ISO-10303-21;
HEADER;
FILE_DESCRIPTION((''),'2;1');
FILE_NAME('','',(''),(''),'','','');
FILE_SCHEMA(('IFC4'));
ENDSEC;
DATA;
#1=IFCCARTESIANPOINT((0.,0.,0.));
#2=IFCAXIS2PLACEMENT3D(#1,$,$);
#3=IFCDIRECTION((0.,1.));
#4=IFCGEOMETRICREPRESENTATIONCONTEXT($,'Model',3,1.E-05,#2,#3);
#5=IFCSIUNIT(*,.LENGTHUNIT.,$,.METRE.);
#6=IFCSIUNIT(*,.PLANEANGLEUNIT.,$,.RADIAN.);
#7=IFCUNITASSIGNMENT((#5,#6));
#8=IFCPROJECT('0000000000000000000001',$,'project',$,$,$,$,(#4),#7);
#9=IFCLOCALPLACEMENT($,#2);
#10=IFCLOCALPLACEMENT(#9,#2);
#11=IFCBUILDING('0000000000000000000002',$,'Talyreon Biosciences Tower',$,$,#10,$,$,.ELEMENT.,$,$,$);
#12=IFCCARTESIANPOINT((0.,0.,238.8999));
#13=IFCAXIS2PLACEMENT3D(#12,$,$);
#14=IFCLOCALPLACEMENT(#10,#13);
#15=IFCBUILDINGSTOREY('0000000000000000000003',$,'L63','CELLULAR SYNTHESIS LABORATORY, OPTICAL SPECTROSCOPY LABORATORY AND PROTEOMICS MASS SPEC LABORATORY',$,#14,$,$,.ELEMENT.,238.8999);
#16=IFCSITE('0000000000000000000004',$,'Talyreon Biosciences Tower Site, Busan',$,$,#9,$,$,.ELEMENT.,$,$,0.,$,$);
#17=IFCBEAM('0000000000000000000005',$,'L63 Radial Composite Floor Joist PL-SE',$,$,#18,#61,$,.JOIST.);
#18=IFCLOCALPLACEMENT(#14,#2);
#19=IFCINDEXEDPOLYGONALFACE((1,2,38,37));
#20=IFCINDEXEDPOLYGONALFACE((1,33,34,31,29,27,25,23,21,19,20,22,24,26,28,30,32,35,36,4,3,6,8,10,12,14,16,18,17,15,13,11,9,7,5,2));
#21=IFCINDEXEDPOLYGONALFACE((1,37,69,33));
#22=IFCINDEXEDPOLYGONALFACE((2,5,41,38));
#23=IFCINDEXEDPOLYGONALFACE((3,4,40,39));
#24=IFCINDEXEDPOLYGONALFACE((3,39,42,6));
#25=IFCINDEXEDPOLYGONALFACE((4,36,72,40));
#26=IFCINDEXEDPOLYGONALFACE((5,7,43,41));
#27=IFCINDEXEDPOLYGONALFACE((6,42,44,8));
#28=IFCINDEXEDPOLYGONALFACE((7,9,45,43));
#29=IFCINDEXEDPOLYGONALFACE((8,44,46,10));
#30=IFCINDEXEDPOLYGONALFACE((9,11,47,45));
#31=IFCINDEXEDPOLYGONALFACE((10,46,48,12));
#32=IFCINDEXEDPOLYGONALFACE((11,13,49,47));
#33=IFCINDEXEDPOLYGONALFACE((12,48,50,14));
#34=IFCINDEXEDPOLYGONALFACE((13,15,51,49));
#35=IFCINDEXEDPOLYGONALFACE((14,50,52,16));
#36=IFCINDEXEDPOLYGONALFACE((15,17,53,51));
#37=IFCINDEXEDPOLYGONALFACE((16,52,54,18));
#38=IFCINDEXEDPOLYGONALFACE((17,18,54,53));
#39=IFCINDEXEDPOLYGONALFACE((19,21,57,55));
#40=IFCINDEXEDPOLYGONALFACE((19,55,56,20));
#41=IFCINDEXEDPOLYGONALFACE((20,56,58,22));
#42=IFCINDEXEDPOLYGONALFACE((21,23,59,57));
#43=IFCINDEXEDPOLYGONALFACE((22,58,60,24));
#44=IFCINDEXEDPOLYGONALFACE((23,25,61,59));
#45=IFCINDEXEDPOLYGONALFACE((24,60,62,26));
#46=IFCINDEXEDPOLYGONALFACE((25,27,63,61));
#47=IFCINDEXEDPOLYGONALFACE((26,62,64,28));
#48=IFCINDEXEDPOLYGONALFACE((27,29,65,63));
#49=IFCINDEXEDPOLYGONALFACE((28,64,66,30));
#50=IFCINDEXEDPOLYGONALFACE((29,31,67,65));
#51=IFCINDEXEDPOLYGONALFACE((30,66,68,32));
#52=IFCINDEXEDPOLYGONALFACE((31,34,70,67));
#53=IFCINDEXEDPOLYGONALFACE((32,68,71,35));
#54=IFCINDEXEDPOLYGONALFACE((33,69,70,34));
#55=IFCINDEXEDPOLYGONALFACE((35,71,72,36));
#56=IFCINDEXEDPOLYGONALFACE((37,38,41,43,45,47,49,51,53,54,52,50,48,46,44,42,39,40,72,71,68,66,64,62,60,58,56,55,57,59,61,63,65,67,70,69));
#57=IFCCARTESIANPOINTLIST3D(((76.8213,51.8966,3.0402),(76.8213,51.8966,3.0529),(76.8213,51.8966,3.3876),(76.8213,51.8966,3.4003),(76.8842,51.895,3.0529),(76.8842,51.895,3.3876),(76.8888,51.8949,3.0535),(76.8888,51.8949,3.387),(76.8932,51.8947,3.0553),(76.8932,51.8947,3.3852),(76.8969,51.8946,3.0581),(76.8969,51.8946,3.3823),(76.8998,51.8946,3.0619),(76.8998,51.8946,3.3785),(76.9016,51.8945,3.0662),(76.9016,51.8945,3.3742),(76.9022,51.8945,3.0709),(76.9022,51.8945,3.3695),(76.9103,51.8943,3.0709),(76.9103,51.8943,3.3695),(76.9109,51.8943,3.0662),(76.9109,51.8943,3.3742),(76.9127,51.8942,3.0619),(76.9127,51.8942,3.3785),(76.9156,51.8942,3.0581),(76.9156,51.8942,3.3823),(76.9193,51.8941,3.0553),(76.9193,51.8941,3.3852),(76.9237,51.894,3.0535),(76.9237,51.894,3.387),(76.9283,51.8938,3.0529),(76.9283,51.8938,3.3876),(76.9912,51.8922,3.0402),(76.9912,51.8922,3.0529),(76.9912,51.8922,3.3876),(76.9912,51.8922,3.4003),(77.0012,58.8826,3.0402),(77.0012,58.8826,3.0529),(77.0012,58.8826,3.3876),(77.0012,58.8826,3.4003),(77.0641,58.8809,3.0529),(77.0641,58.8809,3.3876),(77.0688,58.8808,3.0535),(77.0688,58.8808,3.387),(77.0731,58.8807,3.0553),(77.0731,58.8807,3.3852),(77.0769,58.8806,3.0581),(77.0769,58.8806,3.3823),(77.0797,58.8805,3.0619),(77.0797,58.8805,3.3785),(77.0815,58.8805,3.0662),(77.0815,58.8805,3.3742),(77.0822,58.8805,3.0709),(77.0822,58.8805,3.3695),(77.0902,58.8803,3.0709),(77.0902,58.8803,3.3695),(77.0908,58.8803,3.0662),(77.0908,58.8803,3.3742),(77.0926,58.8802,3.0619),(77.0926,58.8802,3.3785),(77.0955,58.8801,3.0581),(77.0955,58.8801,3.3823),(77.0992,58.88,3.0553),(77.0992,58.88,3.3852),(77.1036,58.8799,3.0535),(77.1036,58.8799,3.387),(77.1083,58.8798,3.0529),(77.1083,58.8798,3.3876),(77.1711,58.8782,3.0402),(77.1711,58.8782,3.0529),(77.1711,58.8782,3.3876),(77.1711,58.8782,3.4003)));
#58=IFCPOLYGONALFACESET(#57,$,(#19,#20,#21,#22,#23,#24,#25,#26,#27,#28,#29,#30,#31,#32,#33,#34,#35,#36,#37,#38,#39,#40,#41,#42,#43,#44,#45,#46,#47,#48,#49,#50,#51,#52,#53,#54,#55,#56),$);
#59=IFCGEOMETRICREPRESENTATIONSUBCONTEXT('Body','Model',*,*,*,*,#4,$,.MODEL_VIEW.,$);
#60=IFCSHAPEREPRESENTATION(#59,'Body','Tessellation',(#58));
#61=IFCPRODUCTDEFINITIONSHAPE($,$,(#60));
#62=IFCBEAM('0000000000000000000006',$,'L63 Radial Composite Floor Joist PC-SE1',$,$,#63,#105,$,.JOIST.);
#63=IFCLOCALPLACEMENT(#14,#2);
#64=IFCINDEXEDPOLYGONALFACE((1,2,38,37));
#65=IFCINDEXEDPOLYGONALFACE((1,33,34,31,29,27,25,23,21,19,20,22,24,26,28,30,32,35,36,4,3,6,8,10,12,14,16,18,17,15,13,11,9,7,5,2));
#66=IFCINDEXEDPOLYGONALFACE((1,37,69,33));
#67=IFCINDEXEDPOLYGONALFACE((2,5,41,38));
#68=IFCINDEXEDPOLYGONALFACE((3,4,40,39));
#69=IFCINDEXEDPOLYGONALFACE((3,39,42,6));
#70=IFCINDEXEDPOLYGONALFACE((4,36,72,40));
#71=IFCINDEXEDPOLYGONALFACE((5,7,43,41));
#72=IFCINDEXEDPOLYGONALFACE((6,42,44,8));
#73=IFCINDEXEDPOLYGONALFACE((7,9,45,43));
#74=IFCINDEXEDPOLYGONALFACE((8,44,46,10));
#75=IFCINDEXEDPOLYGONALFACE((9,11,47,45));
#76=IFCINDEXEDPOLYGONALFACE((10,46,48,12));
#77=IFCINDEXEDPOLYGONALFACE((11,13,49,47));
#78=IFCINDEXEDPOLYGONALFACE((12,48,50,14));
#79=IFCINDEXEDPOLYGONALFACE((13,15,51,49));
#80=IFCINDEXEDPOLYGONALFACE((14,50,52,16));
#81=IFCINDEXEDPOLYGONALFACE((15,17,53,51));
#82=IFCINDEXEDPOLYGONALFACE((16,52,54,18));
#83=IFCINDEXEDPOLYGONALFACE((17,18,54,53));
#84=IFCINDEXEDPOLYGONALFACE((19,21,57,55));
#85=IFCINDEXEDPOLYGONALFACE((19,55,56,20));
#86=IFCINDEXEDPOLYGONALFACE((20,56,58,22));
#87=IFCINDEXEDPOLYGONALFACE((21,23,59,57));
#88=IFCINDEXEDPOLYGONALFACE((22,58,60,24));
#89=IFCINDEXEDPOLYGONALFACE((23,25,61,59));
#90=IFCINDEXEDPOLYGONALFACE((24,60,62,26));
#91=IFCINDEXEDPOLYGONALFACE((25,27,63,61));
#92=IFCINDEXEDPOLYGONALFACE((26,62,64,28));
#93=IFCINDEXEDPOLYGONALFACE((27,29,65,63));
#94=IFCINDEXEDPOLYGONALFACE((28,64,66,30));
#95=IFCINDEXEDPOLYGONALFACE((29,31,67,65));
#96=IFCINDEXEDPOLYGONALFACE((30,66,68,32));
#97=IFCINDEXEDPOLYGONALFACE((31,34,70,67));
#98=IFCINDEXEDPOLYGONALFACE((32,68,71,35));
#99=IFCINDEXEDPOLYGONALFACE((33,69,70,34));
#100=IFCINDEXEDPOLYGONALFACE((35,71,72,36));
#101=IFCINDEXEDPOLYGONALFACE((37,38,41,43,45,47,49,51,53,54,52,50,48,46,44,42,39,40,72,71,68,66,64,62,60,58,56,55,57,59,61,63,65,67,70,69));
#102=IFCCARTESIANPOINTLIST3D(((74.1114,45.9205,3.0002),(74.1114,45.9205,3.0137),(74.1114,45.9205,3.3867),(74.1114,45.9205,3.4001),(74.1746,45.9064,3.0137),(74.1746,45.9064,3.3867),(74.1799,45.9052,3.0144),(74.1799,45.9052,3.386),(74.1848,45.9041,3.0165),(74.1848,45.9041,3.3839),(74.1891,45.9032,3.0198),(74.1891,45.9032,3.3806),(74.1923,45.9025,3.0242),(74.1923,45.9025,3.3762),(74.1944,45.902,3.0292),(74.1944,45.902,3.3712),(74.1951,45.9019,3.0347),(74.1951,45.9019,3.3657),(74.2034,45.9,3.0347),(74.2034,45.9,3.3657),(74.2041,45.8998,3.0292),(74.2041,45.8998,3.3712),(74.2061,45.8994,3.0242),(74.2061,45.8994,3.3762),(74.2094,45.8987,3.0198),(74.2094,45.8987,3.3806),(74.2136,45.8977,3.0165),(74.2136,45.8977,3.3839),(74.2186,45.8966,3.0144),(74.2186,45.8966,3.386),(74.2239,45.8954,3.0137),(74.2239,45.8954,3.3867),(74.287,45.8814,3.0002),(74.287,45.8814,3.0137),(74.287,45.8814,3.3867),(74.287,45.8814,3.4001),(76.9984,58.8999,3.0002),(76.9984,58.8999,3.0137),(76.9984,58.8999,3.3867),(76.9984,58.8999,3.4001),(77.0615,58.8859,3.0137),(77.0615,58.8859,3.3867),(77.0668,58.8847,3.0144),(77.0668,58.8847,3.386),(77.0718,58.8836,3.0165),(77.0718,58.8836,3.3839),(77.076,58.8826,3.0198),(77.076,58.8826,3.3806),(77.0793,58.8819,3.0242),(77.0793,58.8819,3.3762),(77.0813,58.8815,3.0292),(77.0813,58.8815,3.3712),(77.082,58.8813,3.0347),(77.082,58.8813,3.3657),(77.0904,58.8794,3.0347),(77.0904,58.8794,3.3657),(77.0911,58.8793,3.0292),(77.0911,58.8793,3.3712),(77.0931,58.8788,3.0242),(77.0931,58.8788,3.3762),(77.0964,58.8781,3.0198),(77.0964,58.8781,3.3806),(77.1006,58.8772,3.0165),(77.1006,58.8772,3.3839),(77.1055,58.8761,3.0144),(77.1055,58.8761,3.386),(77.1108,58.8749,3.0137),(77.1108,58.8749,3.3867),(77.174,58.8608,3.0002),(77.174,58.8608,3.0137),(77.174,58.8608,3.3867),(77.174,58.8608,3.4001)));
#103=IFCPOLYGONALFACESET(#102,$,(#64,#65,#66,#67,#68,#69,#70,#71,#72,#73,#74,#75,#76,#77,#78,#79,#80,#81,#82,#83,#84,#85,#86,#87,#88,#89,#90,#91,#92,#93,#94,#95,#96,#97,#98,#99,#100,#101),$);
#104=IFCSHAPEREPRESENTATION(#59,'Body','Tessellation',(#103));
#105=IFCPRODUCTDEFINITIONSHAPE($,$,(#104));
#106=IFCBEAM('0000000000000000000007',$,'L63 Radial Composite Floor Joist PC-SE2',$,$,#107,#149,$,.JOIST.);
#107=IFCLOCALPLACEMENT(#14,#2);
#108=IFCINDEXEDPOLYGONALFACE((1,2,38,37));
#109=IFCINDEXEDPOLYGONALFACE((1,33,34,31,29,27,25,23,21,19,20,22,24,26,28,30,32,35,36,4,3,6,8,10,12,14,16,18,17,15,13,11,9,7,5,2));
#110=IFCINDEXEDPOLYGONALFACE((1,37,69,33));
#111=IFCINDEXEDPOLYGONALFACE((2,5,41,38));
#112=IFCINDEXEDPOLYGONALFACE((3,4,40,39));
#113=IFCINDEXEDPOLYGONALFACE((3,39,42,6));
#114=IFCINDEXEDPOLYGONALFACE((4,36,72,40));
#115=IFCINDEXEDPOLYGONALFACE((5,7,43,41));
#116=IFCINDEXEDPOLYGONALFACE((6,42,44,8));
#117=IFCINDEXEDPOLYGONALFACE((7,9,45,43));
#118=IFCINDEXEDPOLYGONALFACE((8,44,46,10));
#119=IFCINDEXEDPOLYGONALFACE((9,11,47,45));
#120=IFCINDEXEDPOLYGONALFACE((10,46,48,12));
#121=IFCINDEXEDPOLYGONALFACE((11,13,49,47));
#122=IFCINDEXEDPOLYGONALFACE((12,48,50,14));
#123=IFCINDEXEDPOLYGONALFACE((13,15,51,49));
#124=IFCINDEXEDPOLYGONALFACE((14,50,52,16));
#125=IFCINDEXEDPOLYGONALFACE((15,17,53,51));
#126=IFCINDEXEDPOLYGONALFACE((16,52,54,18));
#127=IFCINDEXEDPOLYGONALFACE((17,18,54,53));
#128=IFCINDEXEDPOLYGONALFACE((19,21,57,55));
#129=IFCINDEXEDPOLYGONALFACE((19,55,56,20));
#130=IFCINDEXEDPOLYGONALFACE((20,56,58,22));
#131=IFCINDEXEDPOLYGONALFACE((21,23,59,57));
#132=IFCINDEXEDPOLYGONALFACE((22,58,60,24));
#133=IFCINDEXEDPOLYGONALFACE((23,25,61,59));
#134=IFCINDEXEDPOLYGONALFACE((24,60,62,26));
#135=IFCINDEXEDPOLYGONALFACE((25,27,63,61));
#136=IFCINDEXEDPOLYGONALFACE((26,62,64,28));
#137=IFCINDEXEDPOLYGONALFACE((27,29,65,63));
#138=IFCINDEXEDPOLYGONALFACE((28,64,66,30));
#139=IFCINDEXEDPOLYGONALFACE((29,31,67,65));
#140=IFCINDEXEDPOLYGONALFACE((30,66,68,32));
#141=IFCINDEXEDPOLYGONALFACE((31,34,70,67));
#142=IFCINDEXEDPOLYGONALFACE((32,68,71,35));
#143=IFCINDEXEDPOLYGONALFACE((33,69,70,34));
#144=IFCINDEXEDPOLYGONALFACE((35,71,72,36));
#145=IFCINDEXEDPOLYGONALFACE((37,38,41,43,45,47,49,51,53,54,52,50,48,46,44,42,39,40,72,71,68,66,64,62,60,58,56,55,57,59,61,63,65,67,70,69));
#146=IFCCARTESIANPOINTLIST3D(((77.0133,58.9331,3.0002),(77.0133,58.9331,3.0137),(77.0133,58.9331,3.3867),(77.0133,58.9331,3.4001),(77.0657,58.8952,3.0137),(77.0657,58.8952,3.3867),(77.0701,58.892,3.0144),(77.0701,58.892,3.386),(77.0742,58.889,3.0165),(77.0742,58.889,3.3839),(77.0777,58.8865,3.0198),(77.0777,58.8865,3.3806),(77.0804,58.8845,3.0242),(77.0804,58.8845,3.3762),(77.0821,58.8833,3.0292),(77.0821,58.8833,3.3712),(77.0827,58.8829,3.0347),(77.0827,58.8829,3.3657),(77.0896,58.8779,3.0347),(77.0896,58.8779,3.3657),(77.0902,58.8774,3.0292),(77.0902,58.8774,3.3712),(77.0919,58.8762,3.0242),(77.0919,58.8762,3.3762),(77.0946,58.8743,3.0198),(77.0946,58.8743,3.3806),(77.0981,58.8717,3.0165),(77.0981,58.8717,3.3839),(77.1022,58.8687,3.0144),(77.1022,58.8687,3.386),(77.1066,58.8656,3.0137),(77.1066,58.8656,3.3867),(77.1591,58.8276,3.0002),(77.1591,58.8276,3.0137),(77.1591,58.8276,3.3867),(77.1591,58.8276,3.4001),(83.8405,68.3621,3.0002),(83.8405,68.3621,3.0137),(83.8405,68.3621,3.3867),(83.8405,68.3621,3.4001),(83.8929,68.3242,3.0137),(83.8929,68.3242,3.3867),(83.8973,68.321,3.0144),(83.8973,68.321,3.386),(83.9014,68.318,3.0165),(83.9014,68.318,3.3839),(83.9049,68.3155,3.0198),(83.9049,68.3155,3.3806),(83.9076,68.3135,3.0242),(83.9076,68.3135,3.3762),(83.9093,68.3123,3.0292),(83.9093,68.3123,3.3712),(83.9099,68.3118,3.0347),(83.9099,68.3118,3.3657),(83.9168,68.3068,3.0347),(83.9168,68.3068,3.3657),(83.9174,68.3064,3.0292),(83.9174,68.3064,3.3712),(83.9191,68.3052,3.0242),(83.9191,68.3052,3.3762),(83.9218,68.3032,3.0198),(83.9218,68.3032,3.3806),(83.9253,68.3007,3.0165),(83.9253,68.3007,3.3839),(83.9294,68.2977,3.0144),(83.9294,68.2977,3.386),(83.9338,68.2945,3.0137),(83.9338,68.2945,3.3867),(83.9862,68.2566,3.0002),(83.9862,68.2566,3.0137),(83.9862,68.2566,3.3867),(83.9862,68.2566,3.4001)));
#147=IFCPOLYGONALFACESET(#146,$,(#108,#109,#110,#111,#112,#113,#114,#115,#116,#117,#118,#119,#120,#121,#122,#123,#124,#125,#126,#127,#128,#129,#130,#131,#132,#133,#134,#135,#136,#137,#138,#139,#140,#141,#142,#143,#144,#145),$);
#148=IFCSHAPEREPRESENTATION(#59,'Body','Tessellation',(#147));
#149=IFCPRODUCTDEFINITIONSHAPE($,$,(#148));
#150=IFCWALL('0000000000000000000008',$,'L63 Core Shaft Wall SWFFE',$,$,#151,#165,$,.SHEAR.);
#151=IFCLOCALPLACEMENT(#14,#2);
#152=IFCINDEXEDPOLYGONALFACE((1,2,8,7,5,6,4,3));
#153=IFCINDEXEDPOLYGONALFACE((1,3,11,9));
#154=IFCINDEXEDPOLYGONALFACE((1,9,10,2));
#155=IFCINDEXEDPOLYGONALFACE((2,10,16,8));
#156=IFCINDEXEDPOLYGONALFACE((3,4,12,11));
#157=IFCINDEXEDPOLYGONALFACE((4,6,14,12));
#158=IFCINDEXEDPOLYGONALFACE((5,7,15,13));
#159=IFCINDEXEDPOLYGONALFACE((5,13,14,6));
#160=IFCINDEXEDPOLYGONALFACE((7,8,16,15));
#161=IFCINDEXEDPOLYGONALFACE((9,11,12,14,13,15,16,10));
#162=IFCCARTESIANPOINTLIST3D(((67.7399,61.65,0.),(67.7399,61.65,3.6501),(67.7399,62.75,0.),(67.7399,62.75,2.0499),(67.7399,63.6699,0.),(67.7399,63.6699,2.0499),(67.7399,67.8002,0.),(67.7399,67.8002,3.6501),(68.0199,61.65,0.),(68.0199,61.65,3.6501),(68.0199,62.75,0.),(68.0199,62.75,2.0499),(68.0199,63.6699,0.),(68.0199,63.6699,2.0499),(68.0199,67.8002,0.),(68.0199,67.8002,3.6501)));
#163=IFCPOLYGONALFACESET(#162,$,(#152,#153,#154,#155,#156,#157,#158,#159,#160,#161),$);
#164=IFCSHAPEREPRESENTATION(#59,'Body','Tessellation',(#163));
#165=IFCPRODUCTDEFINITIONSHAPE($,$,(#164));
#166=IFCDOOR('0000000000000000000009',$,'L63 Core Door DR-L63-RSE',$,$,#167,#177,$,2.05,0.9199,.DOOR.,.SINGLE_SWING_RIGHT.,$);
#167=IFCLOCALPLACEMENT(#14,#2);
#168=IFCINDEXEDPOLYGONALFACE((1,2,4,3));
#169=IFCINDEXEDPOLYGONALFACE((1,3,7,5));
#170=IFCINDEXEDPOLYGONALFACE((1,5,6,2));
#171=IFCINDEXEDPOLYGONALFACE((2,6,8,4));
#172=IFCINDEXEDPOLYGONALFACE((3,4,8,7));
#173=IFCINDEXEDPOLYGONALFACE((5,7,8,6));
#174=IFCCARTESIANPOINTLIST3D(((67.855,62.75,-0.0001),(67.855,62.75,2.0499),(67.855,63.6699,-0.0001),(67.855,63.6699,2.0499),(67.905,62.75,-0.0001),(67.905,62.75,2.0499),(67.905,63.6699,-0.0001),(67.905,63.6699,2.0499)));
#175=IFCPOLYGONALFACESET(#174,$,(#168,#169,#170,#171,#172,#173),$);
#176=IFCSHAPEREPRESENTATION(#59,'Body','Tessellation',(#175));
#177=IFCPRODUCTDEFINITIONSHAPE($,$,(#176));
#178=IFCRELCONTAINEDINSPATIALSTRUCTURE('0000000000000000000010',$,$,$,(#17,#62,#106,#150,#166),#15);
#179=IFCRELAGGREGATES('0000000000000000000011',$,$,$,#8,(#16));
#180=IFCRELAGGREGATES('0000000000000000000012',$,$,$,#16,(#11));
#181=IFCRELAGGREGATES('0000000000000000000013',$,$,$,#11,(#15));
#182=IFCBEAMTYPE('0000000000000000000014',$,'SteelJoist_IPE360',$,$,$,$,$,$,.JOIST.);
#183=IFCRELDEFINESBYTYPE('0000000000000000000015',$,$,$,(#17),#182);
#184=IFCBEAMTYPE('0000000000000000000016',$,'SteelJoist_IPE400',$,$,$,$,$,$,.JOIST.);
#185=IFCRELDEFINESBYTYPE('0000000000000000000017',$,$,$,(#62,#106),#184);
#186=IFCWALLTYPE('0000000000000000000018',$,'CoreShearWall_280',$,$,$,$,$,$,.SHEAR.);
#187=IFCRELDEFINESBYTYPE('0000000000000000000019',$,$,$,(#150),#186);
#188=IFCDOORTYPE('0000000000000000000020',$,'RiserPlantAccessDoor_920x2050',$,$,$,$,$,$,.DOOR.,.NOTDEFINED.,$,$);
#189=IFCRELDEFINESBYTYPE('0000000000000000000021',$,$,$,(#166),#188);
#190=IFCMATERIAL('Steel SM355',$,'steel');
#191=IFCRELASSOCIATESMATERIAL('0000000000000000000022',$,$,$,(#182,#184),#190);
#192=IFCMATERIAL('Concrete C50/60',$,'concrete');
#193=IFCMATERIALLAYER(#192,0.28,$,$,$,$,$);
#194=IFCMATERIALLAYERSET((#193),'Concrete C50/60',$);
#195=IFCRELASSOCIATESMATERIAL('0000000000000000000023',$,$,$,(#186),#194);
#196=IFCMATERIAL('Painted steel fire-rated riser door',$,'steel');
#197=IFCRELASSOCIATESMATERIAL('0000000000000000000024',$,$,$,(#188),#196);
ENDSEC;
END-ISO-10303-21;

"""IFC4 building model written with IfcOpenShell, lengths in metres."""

from ifc_helpers import new_model, si_unit, direction, frame, frame_2d, origin, origin_2d, place, context, subcontext, project, spatial, rectangle, i_section, extrude, material, layer, layer_set, material_profile, profile_set, type_object, element, fill, save


model = new_model("IFC4")

# Units and contexts
model_context = context("Model", 3, precision=1e-05, world=origin(), true_north=direction((0.0, 1.0)))
body_context = subcontext(model_context, "Body", "Model", "MODEL_VIEW")
ifc_project = project(units=[si_unit("LENGTHUNIT", "METRE"), si_unit("PLANEANGLEUNIT", "RADIAN")], contexts=[model_context])

# Site, building, storey
site_placement = place(None, origin())
site = spatial("IfcSite", under=ifc_project, at=site_placement, Name="Talyreon Biosciences Tower Site, Busan", CompositionType="ELEMENT", RefElevation=0.0)
building_placement = place(site_placement, origin())
building = spatial("IfcBuilding", under=site, at=building_placement, Name="Talyreon Biosciences Tower", CompositionType="ELEMENT")
storey_placement = place(building_placement, frame((0.0, 0.0, 238.8999)))
storey = spatial("IfcBuildingStorey", under=building, at=storey_placement, Name="L63", Description="CELLULAR SYNTHESIS LABORATORY, OPTICAL SPECTROSCOPY LABORATORY AND PROTEOMICS MASS SPEC LABORATORY", CompositionType="ELEMENT", Elevation=238.8999)

# Shared definitions
ifc_material_1 = material(Name="Concrete C50/60", Category="concrete")

# Beams
ifc_material_2 = material(Name="Steel SM355", Category="steel")
ifc_material_profile_1 = material_profile(ifc_material_2, i_section(OverallWidth=0.1699, OverallDepth=0.3601, WebThickness=0.0081, FlangeThickness=0.0127, FilletRadius=0.0181, at=origin_2d()), Name="IPE360")
ifc_profile_set_1 = profile_set([ifc_material_profile_1], Name="Steel SM355")
beam_type_1 = type_object("IfcBeamType", Name="SteelJoist_IPE360", PredefinedType="JOIST", material=ifc_profile_set_1)
beam_1_placement = place(storey_placement, frame((77.0862, 58.8804, 3.2202), z_axis=(-0.025747, -0.999668, 0.0), x_axis=(0.999668, -0.025747, 0.0)))
element("IfcBeam", 1, at=beam_1_placement, inside=storey, type_object=beam_type_1, Name="L63 Radial Composite Floor Joist PL-SE", PredefinedType="JOIST", context=body_context, shape_type="SweptSolid", body=[
    extrude(i_section(OverallWidth=0.1699, OverallDepth=0.3601, WebThickness=0.0081, FlangeThickness=0.0127, FilletRadius=0.0181, at=origin_2d()), origin(), (0.0, 0.0, 1.0), 6.9883),
])
ifc_material_profile_2 = material_profile(ifc_material_2, i_section(OverallWidth=0.1799, OverallDepth=0.3999, WebThickness=0.0085, FlangeThickness=0.0134, FilletRadius=0.021, at=origin_2d()), Name="IPE400")
ifc_profile_set_2 = profile_set([ifc_material_profile_2], Name="Steel SM355")
beam_type_2 = type_object("IfcBeamType", Name="SteelJoist_IPE400", PredefinedType="JOIST", material=ifc_profile_set_2)
beam_2_placement = place(storey_placement, frame((77.0862, 58.8804, 3.2002), z_axis=(-0.217119, -0.976145, 0.0), x_axis=(0.976145, -0.217119, 0.0)))
element("IfcBeam", 2, at=beam_2_placement, inside=storey, type_object=beam_type_2, Name="L63 Radial Composite Floor Joist PC-SE1", PredefinedType="JOIST", context=body_context, shape_type="SweptSolid", body=[
    extrude(i_section(OverallWidth=0.1799, OverallDepth=0.3999, WebThickness=0.0085, FlangeThickness=0.0134, FilletRadius=0.021, at=origin_2d()), origin(), (0.0, 0.0, 1.0), 13.2966),
])
beam_3_placement = place(storey_placement, frame((77.0862, 58.8804, 3.2002), z_axis=(0.586469, 0.809971, 0.0), x_axis=(-0.809971, 0.586469, 0.0)))
element("IfcBeam", 3, at=beam_3_placement, inside=storey, type_object=beam_type_2, Name="L63 Radial Composite Floor Joist PC-SE2", PredefinedType="JOIST", context=body_context, shape_type="SweptSolid", body=[
    extrude(i_section(OverallWidth=0.1799, OverallDepth=0.3999, WebThickness=0.0085, FlangeThickness=0.0134, FilletRadius=0.021, at=origin_2d()), origin(), (0.0, 0.0, 1.0), 11.6411),
])

# Wall, opening, door
ifc_layer_1 = layer(ifc_material_1, 0.28)
ifc_layer_set_1 = layer_set([ifc_layer_1], Name="Concrete C50/60")
wall_type_1 = type_object("IfcWallType", Name="CoreShearWall_280", PredefinedType="SHEAR", material=ifc_layer_set_1)
wall_1_placement = place(storey_placement, frame((67.8799, 61.6499, 0.0), z_axis=(0.0, 0.0, 1.0), x_axis=(0.0, 1.0, 0.0)))
wall_1 = element("IfcWall", 4, at=wall_1_placement, inside=storey, type_object=wall_type_1, Name="L63 Core Shaft Wall SWFFE", PredefinedType="SHEAR", context=body_context, shape_type="SweptSolid", body=[
    extrude(rectangle(XDim=6.1501, YDim=0.28, at=frame_2d((3.0752, 0.0))), origin(), (0.0, 0.0, 1.0), 3.6501),
])
opening_1_placement = place(wall_1_placement, frame((1.1001, 0.0, 0.0)))
opening_1 = element("IfcOpeningElement", 5, at=opening_1_placement, cuts=wall_1, PredefinedType="OPENING", context=body_context, shape_type="SweptSolid", body=[
    extrude(rectangle(XDim=0.9199, YDim=2.05, at=frame_2d((0.46, 1.0249))), frame((0.0, 0.1499, 0.0), z_axis=(0.0, -1.0, 0.0), x_axis=(1.0, 0.0, 0.0)), (0.0, 0.0, 1.0), 0.3),
])
ifc_material_3 = material(Name="Painted steel fire-rated riser door", Category="steel")
door_type = type_object("IfcDoorType", Name="RiserPlantAccessDoor_920x2050", OperationType="NOTDEFINED", PredefinedType="DOOR", material=ifc_material_3)
door_1_placement = place(opening_1_placement, origin())
door_1 = element("IfcDoor", 6, at=door_1_placement, inside=storey, type_object=door_type, Name="L63 Core Door DR-L63-RSE", OperationType="SINGLE_SWING_RIGHT", OverallHeight=2.05, OverallWidth=0.9199, PredefinedType="DOOR", context=body_context, shape_type="SweptSolid", body=[
    extrude(rectangle(XDim=0.9199, YDim=2.05, at=frame_2d((0.46, 1.0249))), frame((0.0, 0.0249, 0.0), z_axis=(0.0, -1.0, 0.0), x_axis=(1.0, 0.0, 0.0)), (0.0, 0.0, 1.0), 0.05),
])
fill(opening_1, door_1)

save(model, "model.ifc")
